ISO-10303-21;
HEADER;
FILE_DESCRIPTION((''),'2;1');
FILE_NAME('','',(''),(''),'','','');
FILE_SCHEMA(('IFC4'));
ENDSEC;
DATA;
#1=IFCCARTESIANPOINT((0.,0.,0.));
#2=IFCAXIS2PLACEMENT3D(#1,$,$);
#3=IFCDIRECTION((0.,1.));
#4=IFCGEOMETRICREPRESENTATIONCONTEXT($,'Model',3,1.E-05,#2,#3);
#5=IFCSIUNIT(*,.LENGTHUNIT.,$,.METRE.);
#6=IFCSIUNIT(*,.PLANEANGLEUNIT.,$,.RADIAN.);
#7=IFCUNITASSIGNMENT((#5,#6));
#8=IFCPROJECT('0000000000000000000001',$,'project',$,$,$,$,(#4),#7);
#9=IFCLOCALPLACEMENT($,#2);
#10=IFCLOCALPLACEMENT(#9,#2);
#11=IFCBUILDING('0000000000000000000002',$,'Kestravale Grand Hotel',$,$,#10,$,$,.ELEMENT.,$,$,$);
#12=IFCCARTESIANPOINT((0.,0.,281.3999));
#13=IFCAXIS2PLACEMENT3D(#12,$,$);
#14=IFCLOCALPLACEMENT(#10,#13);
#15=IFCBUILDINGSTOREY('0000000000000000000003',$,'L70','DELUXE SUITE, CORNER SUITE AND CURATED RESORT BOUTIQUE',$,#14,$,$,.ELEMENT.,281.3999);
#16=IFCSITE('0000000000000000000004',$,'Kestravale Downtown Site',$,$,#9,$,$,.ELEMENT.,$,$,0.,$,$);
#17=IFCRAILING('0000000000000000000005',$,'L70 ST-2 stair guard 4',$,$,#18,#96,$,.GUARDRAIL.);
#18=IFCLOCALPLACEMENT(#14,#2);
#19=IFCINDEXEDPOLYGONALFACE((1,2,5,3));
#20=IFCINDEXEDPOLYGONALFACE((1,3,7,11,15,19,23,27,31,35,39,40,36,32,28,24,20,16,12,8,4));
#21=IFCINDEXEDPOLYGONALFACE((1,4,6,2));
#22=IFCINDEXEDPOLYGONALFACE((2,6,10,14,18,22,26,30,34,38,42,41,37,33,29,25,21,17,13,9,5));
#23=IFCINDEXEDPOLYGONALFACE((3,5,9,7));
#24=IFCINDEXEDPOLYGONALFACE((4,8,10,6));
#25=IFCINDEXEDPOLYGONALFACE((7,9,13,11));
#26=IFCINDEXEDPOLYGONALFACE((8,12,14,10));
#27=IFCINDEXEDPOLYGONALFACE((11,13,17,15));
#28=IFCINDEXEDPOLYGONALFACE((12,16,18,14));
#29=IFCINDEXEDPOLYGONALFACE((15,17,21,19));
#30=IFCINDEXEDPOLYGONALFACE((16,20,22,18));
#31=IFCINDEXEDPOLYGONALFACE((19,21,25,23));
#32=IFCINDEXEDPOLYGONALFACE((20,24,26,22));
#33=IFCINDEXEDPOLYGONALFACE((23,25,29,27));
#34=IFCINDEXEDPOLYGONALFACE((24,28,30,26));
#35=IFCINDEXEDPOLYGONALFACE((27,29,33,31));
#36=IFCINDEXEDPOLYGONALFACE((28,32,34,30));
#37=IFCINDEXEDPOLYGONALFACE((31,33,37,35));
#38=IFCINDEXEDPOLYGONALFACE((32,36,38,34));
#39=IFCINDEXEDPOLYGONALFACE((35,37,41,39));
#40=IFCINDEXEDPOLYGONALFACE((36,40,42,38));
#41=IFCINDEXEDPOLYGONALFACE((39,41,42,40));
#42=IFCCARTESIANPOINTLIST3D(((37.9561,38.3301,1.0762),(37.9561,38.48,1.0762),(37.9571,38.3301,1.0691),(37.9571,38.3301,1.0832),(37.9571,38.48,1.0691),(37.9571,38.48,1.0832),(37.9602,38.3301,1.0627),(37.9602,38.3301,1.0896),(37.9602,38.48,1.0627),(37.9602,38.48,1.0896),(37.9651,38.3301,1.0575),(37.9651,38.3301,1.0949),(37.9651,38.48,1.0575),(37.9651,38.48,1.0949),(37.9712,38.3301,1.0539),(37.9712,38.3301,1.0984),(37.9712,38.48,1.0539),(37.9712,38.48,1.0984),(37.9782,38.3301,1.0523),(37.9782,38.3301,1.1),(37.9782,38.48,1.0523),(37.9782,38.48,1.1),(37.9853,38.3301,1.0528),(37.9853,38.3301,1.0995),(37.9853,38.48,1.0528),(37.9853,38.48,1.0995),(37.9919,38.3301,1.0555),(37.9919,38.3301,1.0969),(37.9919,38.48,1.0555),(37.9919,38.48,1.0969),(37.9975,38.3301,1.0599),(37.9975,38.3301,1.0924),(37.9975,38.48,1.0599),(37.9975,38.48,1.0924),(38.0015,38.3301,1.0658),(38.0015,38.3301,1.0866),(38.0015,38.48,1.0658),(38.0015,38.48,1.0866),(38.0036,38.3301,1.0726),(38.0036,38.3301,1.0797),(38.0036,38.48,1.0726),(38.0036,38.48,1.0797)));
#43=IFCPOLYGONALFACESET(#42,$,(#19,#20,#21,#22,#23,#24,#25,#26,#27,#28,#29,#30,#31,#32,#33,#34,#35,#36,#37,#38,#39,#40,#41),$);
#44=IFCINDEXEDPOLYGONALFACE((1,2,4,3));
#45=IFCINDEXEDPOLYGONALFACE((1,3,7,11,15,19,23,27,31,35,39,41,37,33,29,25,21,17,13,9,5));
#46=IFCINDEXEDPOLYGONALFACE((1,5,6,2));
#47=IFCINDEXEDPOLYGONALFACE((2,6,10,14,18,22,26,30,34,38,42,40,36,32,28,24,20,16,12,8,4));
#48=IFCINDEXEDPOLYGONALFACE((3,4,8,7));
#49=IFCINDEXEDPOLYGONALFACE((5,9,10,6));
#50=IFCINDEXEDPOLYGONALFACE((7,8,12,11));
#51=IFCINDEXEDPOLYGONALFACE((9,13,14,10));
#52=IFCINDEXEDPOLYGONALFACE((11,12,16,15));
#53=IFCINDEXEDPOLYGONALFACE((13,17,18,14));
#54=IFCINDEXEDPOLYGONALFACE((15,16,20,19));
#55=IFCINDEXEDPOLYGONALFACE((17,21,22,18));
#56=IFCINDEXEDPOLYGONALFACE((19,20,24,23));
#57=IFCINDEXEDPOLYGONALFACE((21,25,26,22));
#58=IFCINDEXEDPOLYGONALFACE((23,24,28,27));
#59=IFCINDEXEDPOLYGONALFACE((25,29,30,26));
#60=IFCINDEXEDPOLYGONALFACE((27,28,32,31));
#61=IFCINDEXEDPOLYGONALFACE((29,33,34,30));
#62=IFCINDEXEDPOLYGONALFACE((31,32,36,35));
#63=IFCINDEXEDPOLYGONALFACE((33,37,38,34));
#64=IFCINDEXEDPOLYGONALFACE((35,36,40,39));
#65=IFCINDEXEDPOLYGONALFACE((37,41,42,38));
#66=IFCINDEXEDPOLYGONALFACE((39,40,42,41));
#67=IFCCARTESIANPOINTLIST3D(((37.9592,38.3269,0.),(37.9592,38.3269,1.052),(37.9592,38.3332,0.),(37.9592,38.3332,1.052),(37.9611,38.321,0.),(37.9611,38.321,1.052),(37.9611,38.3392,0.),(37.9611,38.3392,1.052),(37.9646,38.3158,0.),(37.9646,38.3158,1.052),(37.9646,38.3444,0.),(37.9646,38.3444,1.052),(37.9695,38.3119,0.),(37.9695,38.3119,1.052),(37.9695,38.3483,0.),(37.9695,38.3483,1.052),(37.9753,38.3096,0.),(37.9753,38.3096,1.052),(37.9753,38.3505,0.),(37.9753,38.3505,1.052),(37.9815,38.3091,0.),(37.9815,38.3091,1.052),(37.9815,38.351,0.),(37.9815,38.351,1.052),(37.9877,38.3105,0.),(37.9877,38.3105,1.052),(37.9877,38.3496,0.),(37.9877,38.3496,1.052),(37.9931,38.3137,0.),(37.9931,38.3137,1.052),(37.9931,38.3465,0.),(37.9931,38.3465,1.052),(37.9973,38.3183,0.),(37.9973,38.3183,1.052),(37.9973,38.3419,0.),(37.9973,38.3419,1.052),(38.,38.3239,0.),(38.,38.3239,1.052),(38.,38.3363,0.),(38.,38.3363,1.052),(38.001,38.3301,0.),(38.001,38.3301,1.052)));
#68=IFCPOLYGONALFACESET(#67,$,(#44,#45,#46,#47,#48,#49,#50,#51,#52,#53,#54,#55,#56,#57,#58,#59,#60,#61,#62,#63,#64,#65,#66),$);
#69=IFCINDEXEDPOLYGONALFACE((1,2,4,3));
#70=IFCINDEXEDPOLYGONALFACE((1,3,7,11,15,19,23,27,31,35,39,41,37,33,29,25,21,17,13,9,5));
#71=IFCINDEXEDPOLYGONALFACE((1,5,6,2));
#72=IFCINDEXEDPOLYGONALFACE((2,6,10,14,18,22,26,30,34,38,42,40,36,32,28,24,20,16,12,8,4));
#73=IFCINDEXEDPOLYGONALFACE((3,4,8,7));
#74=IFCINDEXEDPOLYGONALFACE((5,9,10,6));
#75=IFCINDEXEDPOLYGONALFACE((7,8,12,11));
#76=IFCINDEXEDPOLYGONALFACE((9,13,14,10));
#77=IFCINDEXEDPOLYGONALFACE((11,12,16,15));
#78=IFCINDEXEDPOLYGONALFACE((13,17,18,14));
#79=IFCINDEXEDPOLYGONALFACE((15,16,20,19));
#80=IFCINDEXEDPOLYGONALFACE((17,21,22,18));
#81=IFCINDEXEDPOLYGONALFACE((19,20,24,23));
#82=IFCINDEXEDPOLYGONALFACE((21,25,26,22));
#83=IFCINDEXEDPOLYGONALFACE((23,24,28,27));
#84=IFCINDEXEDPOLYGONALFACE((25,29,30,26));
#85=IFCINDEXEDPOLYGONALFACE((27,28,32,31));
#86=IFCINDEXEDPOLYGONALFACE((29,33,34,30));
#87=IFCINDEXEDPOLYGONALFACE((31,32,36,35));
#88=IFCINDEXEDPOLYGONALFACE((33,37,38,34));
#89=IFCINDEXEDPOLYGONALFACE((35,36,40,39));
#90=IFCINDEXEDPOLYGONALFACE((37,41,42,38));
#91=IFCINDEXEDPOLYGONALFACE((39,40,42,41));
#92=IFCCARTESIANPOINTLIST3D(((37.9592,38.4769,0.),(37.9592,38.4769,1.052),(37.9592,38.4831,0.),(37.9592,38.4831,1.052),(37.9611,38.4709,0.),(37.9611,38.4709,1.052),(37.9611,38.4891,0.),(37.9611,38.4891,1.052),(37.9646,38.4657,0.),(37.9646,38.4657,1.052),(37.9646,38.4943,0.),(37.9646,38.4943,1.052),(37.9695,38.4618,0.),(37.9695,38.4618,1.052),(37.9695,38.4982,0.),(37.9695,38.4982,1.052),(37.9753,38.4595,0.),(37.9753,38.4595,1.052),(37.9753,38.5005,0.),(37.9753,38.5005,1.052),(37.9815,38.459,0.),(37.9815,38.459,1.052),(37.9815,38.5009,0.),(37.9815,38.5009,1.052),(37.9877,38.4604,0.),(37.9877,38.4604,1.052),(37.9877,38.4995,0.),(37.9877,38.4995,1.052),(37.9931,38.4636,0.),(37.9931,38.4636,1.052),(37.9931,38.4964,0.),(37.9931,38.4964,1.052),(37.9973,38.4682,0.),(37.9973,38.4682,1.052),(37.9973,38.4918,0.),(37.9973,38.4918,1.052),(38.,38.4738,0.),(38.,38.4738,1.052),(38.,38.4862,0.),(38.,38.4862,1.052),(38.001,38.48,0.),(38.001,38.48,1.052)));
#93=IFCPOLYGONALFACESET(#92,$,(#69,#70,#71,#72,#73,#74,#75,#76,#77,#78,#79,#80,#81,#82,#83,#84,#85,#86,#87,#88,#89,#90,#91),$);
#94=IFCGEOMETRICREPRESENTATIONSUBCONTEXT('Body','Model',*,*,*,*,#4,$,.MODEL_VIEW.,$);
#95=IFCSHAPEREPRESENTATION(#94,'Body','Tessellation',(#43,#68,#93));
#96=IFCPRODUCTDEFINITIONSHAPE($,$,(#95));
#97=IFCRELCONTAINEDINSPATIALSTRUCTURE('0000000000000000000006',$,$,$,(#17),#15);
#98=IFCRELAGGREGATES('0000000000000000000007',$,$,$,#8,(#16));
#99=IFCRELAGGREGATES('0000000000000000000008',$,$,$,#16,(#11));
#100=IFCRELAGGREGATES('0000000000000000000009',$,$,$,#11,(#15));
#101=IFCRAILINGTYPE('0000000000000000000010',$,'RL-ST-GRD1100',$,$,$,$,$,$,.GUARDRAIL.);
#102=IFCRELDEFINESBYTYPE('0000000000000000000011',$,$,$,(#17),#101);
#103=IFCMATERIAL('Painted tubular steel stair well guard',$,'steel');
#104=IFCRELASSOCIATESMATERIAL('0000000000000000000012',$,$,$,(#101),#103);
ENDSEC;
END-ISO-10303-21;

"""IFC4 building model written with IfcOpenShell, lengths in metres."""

from ifc_helpers import new_model, si_unit, direction, frame, origin, origin_2d, place, context, subcontext, project, spatial, circle, extrude, material, type_object, element, save


model = new_model("IFC4")

# Units and contexts
model_context = context("Model", 3, precision=1e-05, world=origin(), true_north=direction((0.0, 1.0)))
body_context = subcontext(model_context, "Body", "Model", "MODEL_VIEW")
ifc_project = project(units=[si_unit("LENGTHUNIT", "METRE"), si_unit("PLANEANGLEUNIT", "RADIAN")], contexts=[model_context])

# Site, building, storey
site_placement = place(None, origin())
site = spatial("IfcSite", under=ifc_project, at=site_placement, Name="Kestravale Downtown Site", CompositionType="ELEMENT", RefElevation=0.0)
building_placement = place(site_placement, origin())
building = spatial("IfcBuilding", under=site, at=building_placement, Name="Kestravale Grand Hotel", CompositionType="ELEMENT")
storey_placement = place(building_placement, frame((0.0, 0.0, 281.3999)))
storey = spatial("IfcBuildingStorey", under=building, at=storey_placement, Name="L70", Description="DELUXE SUITE, CORNER SUITE AND CURATED RESORT BOUTIQUE", CompositionType="ELEMENT", Elevation=281.3999)

# Railing
ifc_material_1 = material(Name="Painted tubular steel stair well guard", Category="steel")
railing_type_1 = type_object("IfcRailingType", Name="RL-ST-GRD1100", PredefinedType="GUARDRAIL", material=ifc_material_1)
railing_1_placement = place(storey_placement, frame((37.98, 38.3301, 0.0)))
element("IfcRailing", 1, at=railing_1_placement, inside=storey, type_object=railing_type_1, Name="L70 ST-2 stair guard 4", PredefinedType="GUARDRAIL", context=body_context, shape_type="SweptSolid", body=[
    extrude(circle(Radius=0.0239, at=origin_2d()), frame((0.0, 0.0, 1.0762), z_axis=(0.0, 1.0, 0.0), x_axis=(-1.0, 0.0, 0.0)), (0.0, 0.0, 1.0), 0.1499),
    extrude(circle(Radius=0.021, at=origin_2d()), origin(), (0.0, 0.0, 1.0), 1.052),
    extrude(circle(Radius=0.021, at=origin_2d()), frame((0.0, 0.1499, 0.0)), (0.0, 0.0, 1.0), 1.052),
])

save(model, "model.ifc")
